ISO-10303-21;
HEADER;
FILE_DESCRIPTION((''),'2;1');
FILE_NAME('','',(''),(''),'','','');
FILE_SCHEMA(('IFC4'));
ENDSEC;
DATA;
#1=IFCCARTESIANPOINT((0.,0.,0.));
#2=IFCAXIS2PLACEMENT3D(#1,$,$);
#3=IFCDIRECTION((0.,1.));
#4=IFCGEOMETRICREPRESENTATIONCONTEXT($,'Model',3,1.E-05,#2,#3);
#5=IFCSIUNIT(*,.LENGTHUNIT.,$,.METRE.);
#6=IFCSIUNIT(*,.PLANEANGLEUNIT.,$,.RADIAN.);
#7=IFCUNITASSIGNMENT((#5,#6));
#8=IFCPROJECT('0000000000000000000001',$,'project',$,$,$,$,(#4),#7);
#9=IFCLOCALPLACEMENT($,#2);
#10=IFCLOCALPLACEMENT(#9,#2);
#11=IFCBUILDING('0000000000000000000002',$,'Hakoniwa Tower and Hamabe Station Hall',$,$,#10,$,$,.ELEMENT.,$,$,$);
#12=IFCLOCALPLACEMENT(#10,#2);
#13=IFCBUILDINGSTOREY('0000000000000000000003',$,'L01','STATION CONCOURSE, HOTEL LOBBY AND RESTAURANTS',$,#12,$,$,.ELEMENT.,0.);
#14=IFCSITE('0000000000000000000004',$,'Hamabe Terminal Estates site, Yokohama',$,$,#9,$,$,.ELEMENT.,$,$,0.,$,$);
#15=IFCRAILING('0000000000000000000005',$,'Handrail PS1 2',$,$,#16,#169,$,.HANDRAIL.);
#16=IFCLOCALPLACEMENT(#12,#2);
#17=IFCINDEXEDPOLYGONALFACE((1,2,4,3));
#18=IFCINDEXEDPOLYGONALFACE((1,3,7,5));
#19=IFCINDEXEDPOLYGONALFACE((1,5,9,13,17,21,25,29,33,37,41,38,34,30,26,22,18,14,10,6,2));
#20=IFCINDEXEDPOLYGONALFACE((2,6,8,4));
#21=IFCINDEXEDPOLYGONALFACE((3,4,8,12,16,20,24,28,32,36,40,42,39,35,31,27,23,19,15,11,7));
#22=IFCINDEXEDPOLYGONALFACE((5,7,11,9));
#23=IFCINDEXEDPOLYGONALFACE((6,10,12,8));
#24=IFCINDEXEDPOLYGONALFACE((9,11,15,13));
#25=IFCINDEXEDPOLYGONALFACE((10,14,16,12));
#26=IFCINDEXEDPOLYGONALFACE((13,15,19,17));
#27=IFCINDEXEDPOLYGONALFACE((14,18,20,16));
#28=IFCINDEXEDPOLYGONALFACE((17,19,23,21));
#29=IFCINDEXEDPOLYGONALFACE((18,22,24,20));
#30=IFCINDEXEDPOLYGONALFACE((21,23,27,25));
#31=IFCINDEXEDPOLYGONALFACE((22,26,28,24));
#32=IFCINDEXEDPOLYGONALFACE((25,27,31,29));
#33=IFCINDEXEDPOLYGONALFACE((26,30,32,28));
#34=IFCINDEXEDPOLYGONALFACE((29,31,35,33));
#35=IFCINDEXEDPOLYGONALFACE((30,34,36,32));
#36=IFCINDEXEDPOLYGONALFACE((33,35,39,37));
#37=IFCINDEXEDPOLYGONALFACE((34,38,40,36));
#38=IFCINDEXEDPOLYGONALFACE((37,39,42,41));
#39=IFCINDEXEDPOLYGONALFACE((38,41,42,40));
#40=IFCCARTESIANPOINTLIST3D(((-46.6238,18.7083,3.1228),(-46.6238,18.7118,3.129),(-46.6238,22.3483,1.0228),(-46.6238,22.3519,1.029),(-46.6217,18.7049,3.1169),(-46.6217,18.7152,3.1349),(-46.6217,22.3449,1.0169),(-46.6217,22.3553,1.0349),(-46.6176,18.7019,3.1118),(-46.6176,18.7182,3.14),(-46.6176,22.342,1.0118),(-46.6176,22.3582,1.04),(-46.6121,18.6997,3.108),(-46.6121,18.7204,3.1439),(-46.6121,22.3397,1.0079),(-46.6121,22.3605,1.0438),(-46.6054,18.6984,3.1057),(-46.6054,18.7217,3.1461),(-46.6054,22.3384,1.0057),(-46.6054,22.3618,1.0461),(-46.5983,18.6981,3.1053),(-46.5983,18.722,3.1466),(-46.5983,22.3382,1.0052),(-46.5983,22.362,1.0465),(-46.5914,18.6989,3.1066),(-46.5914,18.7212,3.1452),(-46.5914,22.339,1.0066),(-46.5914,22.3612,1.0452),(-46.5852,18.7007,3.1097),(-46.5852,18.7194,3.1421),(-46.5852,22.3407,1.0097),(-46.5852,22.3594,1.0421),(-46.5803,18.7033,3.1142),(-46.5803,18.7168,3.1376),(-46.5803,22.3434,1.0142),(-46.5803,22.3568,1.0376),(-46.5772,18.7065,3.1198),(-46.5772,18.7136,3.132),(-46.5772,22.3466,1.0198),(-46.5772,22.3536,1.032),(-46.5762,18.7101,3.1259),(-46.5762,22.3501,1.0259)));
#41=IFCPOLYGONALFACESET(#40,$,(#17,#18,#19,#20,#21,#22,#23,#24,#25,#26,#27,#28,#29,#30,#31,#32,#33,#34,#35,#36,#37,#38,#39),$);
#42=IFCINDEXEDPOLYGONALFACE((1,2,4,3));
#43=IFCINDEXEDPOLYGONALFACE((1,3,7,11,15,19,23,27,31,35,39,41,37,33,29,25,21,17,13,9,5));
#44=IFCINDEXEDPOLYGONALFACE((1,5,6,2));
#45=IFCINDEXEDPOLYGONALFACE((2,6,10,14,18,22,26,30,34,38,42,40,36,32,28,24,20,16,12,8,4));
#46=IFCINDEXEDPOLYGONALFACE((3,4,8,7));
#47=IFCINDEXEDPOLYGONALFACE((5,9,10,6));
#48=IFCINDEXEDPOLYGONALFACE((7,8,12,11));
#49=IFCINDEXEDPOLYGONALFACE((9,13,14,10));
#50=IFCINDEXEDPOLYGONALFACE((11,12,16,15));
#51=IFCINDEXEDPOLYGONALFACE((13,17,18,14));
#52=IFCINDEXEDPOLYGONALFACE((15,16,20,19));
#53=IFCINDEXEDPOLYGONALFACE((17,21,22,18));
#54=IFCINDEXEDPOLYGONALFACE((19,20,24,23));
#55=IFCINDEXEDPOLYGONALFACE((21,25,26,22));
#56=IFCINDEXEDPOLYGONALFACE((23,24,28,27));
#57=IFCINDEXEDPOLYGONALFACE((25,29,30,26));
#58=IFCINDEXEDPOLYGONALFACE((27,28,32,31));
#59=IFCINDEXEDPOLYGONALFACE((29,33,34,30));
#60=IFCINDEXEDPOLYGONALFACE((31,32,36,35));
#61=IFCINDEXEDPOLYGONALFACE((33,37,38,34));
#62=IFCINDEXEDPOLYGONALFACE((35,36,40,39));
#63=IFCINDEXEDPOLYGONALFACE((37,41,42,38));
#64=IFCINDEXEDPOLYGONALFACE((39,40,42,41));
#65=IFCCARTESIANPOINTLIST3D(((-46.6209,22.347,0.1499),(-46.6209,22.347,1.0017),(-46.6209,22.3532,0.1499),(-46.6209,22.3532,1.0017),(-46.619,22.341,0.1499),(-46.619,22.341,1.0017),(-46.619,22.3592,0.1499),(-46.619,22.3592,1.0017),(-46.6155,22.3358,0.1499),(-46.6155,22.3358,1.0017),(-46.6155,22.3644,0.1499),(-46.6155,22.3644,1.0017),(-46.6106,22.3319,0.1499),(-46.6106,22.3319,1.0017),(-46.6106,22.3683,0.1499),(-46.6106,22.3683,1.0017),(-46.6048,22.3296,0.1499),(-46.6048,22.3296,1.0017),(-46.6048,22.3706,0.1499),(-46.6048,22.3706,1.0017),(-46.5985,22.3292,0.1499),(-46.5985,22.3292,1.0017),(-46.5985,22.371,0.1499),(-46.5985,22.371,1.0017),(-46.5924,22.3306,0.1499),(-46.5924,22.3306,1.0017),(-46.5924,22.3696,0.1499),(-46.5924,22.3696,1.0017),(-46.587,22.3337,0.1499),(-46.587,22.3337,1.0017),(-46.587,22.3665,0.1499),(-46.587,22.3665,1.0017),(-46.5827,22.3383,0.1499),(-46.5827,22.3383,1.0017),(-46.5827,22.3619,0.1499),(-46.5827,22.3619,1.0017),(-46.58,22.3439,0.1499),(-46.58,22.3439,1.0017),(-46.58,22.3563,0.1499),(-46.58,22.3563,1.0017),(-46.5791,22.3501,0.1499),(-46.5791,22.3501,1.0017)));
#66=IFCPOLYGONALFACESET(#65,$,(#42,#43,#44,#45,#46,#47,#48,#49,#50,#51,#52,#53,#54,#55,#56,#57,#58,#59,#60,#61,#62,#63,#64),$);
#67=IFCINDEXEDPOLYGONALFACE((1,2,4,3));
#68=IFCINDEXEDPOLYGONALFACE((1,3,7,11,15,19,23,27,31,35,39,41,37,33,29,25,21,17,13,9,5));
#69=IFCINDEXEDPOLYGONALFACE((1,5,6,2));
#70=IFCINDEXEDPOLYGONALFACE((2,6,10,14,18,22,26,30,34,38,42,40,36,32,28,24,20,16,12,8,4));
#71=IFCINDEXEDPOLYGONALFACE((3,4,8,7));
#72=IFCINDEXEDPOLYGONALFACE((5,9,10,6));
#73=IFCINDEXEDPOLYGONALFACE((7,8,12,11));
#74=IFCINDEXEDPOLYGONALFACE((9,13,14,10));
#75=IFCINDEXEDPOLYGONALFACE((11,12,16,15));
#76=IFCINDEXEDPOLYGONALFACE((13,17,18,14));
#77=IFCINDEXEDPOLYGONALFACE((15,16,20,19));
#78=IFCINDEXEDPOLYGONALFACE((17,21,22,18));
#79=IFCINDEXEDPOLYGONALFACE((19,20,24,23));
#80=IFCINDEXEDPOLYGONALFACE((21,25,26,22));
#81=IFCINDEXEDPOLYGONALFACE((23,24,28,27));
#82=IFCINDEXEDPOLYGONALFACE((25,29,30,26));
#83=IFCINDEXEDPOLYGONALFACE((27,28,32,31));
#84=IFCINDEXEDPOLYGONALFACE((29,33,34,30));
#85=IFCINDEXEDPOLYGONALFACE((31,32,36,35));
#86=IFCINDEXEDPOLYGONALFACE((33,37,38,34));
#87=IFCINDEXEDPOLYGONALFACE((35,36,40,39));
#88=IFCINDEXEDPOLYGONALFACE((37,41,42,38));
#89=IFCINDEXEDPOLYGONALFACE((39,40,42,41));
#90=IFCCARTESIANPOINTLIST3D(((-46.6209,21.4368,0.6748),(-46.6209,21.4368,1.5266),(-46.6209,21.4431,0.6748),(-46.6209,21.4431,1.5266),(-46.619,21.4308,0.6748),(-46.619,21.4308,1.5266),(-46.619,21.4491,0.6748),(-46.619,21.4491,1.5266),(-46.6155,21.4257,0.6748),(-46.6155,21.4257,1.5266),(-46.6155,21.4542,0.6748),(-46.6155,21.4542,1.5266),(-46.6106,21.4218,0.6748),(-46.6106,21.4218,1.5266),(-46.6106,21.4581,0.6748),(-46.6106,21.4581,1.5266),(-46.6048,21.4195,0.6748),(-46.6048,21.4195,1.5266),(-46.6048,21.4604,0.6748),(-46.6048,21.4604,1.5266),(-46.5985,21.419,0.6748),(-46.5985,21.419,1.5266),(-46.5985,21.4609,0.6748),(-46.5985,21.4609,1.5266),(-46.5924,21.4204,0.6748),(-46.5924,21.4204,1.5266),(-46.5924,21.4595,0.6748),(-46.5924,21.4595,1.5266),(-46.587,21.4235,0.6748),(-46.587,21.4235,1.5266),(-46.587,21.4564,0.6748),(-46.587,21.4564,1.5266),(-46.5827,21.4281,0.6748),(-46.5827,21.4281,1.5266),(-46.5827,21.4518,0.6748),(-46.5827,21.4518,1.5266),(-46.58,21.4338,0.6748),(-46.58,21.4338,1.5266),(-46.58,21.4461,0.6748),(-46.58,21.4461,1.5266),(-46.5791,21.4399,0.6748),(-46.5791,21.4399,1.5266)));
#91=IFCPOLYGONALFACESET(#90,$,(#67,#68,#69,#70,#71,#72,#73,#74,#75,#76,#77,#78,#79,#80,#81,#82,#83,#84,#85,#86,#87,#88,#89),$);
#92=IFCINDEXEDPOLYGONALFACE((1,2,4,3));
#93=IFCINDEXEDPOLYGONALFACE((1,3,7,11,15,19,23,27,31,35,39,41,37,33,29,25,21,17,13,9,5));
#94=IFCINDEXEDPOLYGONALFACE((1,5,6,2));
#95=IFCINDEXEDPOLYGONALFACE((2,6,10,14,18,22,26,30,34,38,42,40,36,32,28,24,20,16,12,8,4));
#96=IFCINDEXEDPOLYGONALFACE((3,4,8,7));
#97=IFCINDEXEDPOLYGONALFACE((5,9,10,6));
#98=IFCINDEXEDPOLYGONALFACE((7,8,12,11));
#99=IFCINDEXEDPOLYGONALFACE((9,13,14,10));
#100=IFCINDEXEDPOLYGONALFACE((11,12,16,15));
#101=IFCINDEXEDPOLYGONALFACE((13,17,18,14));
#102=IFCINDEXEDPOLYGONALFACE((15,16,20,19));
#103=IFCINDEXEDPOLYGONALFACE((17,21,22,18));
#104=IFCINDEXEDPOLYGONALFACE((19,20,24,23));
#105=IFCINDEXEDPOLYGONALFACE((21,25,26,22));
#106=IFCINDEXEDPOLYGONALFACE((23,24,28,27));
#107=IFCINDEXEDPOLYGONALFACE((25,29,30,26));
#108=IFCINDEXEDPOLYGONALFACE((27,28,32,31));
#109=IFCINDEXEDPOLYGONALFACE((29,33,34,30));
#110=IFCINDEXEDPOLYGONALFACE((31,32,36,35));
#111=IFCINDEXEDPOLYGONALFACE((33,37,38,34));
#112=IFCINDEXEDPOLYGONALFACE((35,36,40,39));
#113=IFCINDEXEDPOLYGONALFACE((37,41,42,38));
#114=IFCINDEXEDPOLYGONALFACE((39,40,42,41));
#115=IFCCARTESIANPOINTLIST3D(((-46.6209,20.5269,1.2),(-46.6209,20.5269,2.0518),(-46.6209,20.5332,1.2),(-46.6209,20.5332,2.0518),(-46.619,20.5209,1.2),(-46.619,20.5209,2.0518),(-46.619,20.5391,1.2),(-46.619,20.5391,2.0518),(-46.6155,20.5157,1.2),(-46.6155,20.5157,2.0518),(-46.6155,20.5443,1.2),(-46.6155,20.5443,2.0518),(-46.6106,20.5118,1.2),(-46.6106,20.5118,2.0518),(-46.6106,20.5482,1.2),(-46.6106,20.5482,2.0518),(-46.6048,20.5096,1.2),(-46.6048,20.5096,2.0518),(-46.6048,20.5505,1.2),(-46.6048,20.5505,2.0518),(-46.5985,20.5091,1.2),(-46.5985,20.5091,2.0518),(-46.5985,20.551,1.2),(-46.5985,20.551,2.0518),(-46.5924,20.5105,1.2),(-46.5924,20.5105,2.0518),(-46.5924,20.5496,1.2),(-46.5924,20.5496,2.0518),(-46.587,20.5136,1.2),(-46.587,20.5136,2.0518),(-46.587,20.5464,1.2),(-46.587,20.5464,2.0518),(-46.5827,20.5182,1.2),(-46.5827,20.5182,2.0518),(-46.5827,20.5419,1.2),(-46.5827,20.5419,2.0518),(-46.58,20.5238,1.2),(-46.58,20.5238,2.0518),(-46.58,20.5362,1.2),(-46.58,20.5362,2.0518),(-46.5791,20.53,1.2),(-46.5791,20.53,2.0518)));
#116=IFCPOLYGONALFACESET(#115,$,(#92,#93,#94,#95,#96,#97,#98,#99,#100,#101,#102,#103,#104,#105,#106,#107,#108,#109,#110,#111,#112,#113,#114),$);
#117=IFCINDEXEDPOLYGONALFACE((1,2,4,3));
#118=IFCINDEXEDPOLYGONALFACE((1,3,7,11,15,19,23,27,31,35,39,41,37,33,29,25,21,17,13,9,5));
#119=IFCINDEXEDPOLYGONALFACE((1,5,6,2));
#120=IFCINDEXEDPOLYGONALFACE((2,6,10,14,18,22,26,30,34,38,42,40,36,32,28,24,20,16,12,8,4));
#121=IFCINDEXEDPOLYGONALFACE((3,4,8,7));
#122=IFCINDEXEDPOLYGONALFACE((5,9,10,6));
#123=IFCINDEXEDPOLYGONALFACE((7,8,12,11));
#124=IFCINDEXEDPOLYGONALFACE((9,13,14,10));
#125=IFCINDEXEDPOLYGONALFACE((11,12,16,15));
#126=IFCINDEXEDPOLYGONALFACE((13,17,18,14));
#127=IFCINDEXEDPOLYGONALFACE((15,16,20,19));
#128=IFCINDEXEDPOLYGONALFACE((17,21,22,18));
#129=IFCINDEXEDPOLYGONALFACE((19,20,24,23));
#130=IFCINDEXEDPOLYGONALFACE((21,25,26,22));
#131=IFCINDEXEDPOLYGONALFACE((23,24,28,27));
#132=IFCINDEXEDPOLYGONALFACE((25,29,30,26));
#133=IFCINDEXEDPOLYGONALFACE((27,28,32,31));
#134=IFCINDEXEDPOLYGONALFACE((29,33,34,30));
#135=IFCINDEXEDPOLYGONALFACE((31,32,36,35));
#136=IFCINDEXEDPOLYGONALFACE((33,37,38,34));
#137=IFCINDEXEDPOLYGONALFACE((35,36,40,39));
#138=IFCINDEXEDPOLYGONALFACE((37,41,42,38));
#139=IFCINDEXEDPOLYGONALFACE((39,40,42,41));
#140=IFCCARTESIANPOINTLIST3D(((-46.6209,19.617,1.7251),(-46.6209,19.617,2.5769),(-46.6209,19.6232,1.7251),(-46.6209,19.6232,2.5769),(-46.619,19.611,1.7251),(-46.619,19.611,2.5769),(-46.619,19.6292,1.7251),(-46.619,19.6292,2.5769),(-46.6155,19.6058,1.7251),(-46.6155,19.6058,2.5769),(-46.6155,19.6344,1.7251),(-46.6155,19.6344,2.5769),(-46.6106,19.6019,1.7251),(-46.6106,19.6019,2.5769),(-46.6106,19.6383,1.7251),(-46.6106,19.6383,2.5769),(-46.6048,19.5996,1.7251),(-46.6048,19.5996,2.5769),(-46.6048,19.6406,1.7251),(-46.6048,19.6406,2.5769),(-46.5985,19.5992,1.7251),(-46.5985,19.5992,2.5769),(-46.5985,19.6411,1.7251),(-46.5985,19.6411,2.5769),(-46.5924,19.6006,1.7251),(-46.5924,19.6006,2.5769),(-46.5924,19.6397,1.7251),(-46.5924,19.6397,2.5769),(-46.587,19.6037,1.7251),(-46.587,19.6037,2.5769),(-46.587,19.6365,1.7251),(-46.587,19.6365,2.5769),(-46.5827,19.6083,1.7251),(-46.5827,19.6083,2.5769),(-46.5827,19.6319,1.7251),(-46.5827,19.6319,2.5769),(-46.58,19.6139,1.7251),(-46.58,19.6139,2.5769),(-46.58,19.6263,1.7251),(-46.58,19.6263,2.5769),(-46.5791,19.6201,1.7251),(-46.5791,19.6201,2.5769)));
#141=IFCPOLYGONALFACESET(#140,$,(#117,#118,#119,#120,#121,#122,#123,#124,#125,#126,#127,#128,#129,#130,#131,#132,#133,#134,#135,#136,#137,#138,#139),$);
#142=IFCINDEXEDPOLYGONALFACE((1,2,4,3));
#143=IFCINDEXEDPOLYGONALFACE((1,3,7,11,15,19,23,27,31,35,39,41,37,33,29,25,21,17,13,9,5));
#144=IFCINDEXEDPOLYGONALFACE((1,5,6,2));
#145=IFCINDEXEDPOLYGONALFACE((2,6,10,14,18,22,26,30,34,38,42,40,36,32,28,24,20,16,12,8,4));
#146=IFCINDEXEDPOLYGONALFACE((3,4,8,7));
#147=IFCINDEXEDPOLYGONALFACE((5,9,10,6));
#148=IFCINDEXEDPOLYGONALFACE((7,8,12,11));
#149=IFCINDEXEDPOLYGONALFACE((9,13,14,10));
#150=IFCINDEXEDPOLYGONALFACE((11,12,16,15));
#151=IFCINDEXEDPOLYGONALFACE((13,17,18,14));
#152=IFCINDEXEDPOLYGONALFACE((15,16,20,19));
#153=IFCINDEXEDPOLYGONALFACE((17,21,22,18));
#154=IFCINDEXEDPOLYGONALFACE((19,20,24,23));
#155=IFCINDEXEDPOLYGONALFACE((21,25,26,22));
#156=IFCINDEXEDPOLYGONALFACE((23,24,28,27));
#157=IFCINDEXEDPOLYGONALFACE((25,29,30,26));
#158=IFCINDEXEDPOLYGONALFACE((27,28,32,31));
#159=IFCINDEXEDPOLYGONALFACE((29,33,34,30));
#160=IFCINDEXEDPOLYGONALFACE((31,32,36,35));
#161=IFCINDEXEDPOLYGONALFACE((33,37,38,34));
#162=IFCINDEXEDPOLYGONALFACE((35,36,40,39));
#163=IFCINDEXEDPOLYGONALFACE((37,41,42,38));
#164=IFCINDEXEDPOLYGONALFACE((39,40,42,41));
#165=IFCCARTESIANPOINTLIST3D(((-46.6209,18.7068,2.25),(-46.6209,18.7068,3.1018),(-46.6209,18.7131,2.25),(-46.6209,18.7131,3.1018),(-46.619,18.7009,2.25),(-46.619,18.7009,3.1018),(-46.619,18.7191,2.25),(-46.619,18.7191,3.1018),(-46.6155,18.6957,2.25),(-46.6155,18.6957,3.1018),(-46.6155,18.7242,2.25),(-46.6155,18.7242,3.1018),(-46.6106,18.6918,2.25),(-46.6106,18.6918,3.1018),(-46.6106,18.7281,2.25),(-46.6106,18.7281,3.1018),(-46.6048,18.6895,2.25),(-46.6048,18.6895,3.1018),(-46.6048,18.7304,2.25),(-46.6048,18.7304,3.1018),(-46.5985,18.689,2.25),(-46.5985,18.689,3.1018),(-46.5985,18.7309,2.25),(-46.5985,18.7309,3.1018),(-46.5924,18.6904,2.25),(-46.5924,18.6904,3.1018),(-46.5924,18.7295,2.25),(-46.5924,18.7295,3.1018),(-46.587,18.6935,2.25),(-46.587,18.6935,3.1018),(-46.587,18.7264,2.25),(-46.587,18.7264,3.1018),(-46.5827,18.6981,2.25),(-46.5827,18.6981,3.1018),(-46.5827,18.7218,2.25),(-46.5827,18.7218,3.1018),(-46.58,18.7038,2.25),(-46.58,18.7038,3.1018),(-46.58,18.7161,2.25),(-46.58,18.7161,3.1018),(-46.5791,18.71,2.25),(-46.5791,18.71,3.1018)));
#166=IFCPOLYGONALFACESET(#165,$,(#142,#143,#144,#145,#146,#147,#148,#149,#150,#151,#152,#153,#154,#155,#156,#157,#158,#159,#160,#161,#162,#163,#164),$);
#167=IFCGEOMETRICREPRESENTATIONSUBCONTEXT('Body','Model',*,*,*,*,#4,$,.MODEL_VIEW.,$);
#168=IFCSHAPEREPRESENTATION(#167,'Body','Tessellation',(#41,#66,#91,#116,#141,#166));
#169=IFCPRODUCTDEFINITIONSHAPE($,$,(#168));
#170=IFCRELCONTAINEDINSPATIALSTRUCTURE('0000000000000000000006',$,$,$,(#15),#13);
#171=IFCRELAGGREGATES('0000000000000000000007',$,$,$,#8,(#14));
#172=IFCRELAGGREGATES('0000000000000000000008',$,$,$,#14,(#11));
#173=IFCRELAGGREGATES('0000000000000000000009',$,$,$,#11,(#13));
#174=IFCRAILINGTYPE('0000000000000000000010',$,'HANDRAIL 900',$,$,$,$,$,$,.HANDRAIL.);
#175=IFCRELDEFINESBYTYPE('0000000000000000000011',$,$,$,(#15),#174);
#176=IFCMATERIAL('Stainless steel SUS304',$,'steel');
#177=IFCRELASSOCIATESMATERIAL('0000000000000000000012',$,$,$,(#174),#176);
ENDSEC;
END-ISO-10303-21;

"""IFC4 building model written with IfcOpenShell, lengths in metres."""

from ifc_helpers import new_model, si_unit, direction, frame, origin, origin_2d, place, context, subcontext, project, spatial, circle, extrude, material, type_object, element, save


model = new_model("IFC4")

# Units and contexts
model_context = context("Model", 3, precision=1e-05, world=origin(), true_north=direction((0.0, 1.0)))
body_context = subcontext(model_context, "Body", "Model", "MODEL_VIEW")
ifc_project = project(units=[si_unit("LENGTHUNIT", "METRE"), si_unit("PLANEANGLEUNIT", "RADIAN")], contexts=[model_context])

# Site, building, storey
site_placement = place(None, origin())
site = spatial("IfcSite", under=ifc_project, at=site_placement, Name="Hamabe Terminal Estates site, Yokohama", CompositionType="ELEMENT", RefElevation=0.0)
building_placement = place(site_placement, origin())
building = spatial("IfcBuilding", under=site, at=building_placement, Name="Hakoniwa Tower and Hamabe Station Hall", CompositionType="ELEMENT")
storey_placement = place(building_placement, origin())
storey = spatial("IfcBuildingStorey", under=building, at=storey_placement, Name="L01", Description="STATION CONCOURSE, HOTEL LOBBY AND RESTAURANTS", CompositionType="ELEMENT", Elevation=0.0)

# Railing
ifc_material_1 = material(Name="Stainless steel SUS304", Category="steel")
railing_type_1 = type_object("IfcRailingType", Name="HANDRAIL 900", PredefinedType="HANDRAIL", material=ifc_material_1)
for number, where, name in (
    (1, (-46.6001, 22.3501, 0.1499), "Handrail PS1 2"),
):
    element("IfcRailing", number, at=place(storey_placement, frame(where)), inside=storey, type_object=railing_type_1, Name=name, PredefinedType="HANDRAIL", context=body_context, shape_type="SweptSolid", body=[
        extrude(circle(Radius=0.0239, at=origin_2d()), frame((0.0, 0.0, 0.876), z_axis=(0.0, -0.866184, 0.499726), x_axis=(1.0, 0.0, 0.0)), (0.0, 0.0, 1.0), 4.2024),
        extrude(circle(Radius=0.021, at=origin_2d()), origin(), (0.0, 0.0, 1.0), 0.8518),
        extrude(circle(Radius=0.021, at=origin_2d()), frame((0.0, -0.9102, 0.5249)), (0.0, 0.0, 1.0), 0.8518),
        extrude(circle(Radius=0.021, at=origin_2d()), frame((0.0, -1.8201, 1.05)), (0.0, 0.0, 1.0), 0.8518),
        extrude(circle(Radius=0.021, at=origin_2d()), frame((0.0, -2.73, 1.5752)), (0.0, 0.0, 1.0), 0.8518),
        extrude(circle(Radius=0.021, at=origin_2d()), frame((0.0, -3.6401, 2.1001)), (0.0, 0.0, 1.0), 0.8518),
    ])

save(model, "model.ifc")
